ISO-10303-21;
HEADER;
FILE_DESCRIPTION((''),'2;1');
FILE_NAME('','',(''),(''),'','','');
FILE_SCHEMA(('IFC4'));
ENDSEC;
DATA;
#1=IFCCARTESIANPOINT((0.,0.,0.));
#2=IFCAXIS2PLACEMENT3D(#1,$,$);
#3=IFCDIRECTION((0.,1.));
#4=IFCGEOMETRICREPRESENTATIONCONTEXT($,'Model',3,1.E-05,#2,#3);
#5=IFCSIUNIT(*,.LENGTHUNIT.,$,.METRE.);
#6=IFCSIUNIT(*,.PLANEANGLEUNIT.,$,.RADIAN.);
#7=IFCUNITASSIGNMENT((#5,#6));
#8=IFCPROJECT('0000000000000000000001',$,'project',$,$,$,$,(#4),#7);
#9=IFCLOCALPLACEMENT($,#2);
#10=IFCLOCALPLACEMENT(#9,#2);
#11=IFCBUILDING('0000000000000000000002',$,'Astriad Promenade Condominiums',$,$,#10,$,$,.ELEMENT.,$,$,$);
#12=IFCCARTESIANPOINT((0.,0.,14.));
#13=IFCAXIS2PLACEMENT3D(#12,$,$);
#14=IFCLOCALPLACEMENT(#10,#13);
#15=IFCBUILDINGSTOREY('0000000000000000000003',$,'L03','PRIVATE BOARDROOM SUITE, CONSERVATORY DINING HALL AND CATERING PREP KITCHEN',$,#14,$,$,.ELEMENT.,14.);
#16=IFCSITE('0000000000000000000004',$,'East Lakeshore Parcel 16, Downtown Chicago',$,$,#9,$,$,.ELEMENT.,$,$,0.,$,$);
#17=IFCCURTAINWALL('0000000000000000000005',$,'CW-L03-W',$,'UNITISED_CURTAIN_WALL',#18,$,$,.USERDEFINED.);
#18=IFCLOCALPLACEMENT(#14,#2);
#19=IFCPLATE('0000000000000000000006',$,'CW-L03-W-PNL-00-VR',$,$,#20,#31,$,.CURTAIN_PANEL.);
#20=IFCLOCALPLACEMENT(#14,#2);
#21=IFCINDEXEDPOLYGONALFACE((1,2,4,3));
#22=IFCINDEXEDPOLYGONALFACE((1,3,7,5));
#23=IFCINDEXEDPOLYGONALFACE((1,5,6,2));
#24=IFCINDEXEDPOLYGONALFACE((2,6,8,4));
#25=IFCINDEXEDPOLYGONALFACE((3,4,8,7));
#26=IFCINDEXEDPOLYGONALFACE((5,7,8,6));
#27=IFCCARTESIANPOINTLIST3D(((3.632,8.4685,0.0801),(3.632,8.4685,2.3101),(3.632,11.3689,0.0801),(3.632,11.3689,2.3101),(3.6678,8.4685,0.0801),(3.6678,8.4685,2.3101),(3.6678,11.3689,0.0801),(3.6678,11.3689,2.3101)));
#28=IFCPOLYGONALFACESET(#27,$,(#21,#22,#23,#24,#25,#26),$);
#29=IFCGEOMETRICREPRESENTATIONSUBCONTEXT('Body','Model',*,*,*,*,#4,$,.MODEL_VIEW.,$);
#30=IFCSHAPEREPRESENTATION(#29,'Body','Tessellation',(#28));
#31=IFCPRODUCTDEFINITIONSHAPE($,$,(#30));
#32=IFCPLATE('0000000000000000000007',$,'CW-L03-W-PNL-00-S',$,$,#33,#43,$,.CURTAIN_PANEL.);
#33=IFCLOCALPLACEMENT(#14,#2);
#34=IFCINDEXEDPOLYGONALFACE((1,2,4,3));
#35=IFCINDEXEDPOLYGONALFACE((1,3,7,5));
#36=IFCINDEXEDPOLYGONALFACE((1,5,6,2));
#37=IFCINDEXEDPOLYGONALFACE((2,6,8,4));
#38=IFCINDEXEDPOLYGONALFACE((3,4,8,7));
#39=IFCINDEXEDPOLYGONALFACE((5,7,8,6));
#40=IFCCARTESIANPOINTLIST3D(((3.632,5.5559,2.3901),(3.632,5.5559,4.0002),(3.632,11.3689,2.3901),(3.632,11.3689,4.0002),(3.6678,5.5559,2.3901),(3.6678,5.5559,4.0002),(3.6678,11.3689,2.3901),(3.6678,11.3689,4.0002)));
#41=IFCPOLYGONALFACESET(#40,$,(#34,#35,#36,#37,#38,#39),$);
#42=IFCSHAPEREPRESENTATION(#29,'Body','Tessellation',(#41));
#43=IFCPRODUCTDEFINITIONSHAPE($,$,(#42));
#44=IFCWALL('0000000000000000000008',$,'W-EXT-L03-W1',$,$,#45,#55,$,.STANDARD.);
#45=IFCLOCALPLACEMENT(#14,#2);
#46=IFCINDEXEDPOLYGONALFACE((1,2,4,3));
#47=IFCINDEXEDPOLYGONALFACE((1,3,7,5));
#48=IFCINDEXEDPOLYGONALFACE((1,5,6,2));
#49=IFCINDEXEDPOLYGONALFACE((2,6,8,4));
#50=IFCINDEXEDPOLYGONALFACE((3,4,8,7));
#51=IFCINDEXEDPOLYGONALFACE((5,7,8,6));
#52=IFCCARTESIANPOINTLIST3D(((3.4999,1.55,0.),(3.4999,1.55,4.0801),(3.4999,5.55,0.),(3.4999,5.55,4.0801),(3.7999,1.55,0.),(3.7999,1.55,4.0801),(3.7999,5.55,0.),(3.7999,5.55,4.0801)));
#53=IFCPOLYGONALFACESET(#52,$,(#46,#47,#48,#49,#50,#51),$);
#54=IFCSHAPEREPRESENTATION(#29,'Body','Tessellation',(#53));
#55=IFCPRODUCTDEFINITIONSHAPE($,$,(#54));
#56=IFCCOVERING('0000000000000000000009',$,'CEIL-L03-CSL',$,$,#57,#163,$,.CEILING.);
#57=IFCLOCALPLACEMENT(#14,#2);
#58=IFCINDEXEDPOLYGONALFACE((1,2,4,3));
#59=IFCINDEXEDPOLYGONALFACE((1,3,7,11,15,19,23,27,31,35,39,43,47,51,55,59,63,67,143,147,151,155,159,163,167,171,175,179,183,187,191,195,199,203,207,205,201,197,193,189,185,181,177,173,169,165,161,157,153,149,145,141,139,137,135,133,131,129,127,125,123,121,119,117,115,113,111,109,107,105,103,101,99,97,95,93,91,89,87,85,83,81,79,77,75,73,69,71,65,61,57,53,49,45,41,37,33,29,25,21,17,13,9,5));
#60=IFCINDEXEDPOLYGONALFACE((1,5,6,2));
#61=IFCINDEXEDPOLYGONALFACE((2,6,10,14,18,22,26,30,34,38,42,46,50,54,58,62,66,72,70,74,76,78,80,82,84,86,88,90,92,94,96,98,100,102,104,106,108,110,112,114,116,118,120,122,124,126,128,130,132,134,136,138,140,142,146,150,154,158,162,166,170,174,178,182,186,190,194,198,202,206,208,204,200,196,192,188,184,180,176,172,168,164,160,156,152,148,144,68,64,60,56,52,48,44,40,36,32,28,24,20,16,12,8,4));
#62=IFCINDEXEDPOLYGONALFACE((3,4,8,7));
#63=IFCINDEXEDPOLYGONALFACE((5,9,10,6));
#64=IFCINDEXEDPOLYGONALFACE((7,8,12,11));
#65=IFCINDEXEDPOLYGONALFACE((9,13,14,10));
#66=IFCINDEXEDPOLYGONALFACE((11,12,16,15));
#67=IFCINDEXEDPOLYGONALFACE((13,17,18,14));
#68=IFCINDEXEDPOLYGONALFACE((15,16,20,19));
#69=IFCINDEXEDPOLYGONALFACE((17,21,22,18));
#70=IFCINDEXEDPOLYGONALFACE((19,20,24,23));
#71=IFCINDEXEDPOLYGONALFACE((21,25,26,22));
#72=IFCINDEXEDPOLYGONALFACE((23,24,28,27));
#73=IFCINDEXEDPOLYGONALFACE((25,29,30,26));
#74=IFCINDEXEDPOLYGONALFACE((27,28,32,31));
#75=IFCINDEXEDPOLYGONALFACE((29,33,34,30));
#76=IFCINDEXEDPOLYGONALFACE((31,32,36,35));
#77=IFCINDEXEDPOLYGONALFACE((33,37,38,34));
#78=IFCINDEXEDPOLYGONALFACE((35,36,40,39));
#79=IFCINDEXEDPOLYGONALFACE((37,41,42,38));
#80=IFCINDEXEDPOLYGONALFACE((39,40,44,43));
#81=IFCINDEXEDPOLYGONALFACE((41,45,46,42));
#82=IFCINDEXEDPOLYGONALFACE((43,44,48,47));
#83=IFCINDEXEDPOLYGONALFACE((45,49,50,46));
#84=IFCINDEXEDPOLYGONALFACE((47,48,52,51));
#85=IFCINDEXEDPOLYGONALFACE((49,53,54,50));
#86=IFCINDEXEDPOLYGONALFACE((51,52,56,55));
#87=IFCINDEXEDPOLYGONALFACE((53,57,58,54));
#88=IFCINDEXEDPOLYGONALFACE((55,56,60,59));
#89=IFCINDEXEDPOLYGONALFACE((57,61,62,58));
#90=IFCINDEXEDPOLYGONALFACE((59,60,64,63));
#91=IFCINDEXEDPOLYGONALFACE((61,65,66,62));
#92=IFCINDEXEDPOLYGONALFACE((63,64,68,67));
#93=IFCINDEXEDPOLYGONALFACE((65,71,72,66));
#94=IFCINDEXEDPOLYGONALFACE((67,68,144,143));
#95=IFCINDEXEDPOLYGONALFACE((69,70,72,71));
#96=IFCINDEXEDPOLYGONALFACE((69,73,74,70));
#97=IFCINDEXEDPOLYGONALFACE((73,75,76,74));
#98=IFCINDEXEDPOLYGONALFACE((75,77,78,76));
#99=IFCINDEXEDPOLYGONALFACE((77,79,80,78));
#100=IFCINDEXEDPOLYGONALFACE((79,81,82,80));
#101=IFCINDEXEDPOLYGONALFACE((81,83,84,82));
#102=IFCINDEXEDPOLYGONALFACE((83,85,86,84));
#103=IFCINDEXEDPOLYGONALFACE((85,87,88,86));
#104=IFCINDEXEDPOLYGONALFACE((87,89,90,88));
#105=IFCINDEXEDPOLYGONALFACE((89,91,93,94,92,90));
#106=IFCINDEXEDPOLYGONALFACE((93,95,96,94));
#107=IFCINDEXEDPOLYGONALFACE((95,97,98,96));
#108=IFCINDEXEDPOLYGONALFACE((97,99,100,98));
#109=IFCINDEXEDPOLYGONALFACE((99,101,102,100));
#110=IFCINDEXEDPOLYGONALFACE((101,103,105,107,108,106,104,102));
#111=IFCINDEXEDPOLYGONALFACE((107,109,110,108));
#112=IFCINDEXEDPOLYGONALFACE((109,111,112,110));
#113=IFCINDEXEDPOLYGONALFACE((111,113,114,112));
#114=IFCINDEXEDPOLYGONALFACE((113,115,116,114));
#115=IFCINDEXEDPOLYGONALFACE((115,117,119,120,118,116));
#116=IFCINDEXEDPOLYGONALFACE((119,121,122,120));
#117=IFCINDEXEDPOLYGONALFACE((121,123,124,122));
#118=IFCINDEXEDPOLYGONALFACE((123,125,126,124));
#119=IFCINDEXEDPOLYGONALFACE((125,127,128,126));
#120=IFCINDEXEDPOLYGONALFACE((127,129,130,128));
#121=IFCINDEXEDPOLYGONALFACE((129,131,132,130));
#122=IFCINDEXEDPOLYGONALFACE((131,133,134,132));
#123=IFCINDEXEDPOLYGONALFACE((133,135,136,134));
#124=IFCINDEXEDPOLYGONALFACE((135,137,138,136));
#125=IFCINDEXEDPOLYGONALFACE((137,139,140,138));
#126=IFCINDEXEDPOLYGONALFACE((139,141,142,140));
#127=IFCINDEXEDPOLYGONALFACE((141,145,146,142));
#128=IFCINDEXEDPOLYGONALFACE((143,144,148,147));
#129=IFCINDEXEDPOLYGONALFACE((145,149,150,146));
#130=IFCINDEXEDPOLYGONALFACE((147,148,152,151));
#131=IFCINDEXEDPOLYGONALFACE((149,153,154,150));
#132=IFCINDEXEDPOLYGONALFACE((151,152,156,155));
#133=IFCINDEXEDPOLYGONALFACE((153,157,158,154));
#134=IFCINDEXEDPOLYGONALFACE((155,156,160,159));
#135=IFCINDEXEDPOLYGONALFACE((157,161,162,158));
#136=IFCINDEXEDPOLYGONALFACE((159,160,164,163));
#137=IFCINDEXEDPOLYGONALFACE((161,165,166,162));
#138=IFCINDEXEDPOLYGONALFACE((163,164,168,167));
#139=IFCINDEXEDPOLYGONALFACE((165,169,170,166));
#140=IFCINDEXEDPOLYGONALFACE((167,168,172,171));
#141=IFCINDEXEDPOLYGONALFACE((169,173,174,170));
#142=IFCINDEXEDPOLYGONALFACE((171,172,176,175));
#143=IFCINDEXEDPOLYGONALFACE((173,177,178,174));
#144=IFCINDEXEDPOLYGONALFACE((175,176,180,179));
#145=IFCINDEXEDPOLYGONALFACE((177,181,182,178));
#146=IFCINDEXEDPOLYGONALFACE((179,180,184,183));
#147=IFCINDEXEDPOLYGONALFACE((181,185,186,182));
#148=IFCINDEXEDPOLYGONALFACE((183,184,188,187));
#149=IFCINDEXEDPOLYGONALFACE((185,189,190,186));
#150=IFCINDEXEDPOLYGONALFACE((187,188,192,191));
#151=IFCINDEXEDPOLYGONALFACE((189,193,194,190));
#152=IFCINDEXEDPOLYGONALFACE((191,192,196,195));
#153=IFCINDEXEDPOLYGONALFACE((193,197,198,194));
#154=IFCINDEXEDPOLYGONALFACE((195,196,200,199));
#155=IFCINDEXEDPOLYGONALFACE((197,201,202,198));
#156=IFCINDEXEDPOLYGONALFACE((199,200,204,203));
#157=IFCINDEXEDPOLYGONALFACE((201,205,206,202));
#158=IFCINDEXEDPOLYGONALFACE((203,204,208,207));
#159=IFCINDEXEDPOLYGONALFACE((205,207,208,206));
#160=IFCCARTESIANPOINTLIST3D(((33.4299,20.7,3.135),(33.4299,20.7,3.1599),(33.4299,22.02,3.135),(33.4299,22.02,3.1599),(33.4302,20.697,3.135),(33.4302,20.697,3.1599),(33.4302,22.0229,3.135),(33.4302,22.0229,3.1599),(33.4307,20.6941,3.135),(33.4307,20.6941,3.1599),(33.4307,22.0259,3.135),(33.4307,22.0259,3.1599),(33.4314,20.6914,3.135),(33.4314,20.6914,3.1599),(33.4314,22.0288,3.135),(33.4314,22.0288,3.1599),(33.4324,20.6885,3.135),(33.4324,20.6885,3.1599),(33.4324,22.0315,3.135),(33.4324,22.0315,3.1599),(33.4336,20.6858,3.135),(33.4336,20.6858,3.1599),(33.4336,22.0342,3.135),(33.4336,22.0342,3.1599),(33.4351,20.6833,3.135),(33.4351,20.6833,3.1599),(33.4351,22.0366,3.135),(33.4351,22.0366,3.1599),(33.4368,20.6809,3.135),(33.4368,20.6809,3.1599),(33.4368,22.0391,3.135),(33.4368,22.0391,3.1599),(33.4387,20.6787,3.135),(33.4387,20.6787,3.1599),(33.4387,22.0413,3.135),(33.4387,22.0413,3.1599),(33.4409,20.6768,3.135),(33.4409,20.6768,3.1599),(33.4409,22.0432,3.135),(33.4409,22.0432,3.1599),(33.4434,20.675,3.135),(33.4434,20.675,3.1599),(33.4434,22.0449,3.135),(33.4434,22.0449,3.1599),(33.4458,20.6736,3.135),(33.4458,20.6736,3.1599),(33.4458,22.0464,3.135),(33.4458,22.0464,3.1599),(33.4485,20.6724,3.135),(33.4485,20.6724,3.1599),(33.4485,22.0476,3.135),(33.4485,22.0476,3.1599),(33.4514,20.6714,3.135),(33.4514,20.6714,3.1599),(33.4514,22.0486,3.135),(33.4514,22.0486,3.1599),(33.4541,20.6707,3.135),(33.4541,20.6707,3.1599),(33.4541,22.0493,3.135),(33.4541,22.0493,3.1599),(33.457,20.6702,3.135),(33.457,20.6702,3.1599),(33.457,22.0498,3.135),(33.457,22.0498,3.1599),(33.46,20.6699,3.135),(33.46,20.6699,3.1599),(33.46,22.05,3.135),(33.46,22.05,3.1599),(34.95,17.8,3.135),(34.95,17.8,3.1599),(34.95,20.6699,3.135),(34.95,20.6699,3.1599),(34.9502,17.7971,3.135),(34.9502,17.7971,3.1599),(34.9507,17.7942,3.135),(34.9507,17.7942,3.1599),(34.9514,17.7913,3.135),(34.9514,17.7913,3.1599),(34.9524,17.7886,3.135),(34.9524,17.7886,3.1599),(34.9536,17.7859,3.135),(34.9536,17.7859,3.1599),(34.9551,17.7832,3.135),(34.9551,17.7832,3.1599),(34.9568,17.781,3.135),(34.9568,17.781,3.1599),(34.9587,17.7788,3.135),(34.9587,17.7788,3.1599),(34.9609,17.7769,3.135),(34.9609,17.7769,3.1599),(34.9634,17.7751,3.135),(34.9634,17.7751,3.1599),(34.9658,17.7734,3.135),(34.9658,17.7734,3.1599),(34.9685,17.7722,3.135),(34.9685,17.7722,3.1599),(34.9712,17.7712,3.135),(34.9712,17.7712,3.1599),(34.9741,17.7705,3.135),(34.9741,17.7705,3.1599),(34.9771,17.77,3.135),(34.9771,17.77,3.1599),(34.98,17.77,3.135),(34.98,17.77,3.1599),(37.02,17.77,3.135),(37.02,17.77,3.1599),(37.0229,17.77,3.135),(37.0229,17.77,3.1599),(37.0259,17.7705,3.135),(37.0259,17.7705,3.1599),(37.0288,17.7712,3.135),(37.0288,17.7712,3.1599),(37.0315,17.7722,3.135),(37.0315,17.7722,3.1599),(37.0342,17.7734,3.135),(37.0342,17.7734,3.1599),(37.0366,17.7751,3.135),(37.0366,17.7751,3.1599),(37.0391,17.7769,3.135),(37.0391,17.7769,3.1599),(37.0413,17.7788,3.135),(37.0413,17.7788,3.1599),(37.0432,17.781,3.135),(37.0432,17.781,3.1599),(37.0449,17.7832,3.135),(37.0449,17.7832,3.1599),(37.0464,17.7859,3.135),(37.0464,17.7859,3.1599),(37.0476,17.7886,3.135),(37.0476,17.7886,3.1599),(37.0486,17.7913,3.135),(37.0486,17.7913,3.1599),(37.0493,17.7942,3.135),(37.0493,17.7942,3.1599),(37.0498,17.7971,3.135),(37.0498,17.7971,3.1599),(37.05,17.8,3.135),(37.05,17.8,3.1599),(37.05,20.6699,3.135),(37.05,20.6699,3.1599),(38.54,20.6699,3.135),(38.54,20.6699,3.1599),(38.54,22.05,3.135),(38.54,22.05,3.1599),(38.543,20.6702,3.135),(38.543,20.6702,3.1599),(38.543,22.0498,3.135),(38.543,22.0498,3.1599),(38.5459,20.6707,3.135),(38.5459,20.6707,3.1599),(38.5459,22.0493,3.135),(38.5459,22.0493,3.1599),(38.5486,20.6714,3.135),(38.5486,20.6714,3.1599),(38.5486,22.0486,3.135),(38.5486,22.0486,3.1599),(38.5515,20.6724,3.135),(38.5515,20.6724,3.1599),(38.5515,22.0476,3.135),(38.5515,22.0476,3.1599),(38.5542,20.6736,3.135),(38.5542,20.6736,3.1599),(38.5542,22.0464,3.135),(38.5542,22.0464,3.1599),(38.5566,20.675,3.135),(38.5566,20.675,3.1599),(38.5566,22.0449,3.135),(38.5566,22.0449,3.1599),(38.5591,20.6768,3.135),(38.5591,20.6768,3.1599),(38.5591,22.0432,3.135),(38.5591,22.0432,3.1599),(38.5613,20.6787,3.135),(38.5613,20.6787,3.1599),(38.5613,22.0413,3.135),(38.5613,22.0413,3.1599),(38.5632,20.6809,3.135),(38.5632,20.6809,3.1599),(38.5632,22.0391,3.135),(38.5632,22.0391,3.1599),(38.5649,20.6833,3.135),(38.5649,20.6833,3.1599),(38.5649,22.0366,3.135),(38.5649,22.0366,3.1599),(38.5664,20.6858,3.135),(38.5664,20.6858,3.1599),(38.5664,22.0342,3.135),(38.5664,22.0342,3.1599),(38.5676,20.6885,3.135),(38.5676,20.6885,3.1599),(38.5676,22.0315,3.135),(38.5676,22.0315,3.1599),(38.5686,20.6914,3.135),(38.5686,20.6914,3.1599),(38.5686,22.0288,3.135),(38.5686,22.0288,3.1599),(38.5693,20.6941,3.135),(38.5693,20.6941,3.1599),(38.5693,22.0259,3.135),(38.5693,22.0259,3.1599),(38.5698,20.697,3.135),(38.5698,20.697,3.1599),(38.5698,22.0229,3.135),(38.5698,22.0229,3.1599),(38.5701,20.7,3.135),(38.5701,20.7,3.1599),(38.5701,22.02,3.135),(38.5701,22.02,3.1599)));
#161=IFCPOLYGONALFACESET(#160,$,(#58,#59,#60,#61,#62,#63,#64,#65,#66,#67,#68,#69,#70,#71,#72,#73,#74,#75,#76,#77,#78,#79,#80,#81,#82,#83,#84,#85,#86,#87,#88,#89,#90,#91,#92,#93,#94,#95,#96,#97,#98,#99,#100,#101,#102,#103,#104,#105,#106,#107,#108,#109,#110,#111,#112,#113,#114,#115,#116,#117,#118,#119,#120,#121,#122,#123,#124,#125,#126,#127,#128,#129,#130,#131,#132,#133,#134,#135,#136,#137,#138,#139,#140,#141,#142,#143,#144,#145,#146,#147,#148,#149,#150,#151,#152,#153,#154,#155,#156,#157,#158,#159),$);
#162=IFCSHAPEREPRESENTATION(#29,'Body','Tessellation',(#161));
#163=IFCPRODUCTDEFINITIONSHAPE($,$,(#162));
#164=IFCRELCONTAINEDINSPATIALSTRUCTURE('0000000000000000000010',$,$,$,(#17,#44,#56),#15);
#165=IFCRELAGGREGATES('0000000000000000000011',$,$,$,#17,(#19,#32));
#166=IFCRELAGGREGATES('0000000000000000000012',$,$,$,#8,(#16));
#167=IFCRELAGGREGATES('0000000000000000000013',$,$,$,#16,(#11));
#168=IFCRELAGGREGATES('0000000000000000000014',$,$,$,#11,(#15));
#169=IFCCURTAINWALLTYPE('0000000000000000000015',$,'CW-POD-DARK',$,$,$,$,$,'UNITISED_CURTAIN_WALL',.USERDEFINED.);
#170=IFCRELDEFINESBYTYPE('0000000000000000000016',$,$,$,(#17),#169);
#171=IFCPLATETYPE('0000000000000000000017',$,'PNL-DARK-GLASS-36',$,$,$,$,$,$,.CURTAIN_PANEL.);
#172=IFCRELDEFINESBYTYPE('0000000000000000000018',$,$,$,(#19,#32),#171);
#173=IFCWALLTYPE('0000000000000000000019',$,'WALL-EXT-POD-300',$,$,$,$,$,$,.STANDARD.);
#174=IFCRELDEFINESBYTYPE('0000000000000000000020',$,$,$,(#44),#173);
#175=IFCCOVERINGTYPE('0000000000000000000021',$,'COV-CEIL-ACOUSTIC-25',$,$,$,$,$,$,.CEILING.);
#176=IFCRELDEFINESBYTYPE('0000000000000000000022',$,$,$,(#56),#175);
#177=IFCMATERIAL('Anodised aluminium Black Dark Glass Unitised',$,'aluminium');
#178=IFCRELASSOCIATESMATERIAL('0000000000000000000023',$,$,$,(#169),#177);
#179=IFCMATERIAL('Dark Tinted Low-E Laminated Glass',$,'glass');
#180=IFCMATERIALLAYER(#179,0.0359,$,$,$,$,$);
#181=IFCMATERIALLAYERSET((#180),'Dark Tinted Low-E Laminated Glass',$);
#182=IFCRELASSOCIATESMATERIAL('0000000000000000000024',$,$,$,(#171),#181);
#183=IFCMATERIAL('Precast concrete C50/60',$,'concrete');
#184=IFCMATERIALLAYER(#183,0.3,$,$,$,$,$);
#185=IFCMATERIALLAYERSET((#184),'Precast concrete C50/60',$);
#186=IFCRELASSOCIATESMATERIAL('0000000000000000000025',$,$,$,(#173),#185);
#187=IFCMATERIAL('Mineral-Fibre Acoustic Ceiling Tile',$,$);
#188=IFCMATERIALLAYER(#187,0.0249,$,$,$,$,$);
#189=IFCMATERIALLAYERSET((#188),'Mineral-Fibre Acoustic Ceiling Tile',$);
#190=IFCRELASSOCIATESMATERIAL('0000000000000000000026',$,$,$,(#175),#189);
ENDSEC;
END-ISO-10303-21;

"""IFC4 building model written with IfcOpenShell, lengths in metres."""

from ifc_helpers import new_model, si_unit, direction, frame, frame_2d, origin, origin_2d, place, context, subcontext, project, spatial, polyline, rectangle, outline, extrude, source, transform, mapped, material, layer, layer_set, type_object, type_shapes, element, aggregate, save


model = new_model("IFC4")

# Units and contexts
model_context = context("Model", 3, precision=1e-05, world=origin(), true_north=direction((0.0, 1.0)))
body_context = subcontext(model_context, "Body", "Model", "MODEL_VIEW")
ifc_project = project(units=[si_unit("LENGTHUNIT", "METRE"), si_unit("PLANEANGLEUNIT", "RADIAN")], contexts=[model_context])

# Site, building, storey
site_placement = place(None, origin())
site = spatial("IfcSite", under=ifc_project, at=site_placement, Name="East Lakeshore Parcel 16, Downtown Chicago", CompositionType="ELEMENT", RefElevation=0.0)
building_placement = place(site_placement, origin())
building = spatial("IfcBuilding", under=site, at=building_placement, Name="Astriad Promenade Condominiums", CompositionType="ELEMENT")
storey_placement = place(building_placement, frame((0.0, 0.0, 14.0)))
storey = spatial("IfcBuildingStorey", under=building, at=storey_placement, Name="L03", Description="PRIVATE BOARDROOM SUITE, CONSERVATORY DINING HALL AND CATERING PREP KITCHEN", CompositionType="ELEMENT", Elevation=14.0)

# Curtain wall
ifc_material_1 = material(Name="Anodised aluminium Black Dark Glass Unitised", Category="aluminium")
curtain_wall_type = type_object("IfcCurtainWallType", Name="CW-POD-DARK", ElementType="UNITISED_CURTAIN_WALL", PredefinedType="USERDEFINED", material=ifc_material_1)
curtain_wall_placement = place(storey_placement, origin())
curtain_wall = element("IfcCurtainWall", 1, at=curtain_wall_placement, inside=storey, type_object=curtain_wall_type, Name="CW-L03-W", ObjectType="UNITISED_CURTAIN_WALL", PredefinedType="USERDEFINED")

# Plates
ifc_material_2 = material(Name="Dark Tinted Low-E Laminated Glass", Category="glass")
ifc_layer_1 = layer(ifc_material_2, 0.0359)
ifc_layer_set_1 = layer_set([ifc_layer_1], Name="Dark Tinted Low-E Laminated Glass")
plate_type = type_object("IfcPlateType", Name="PNL-DARK-GLASS-36", PredefinedType="CURTAIN_PANEL", material=ifc_layer_set_1)
shared_shape_1 = source(origin(), body_context, "Body", "SweptSolid", [
    extrude(rectangle(XDim=2.9004, YDim=0.0359, at=origin_2d()), origin(), (0.0, 0.0, 1.0), 2.23),
])
plate_1_placement = place(storey_placement, frame((3.6499, 9.9187, 0.0801), z_axis=(0.0, 0.0, 1.0), x_axis=(0.0, 1.0, 0.0)))
plate_1 = element("IfcPlate", 2, at=plate_1_placement, type_object=plate_type, Name="CW-L03-W-PNL-00-VR", PredefinedType="CURTAIN_PANEL", context=body_context, shape_type="MappedRepresentation", body=[
    mapped(shared_shape_1, transform((0.0, 0.0, 0.0), scale=1.0)),
])
shared_shape_2 = source(origin(), body_context, "Body", "SweptSolid", [
    extrude(rectangle(XDim=5.813, YDim=0.0359, at=origin_2d()), origin(), (0.0, 0.0, 1.0), 1.6101),
])
type_shapes(plate_type, [shared_shape_1, shared_shape_2])
plate_2_placement = place(storey_placement, frame((3.6499, 8.4624, 2.3901), z_axis=(0.0, 0.0, 1.0), x_axis=(0.0, 1.0, 0.0)))
plate_2 = element("IfcPlate", 3, at=plate_2_placement, type_object=plate_type, Name="CW-L03-W-PNL-00-S", PredefinedType="CURTAIN_PANEL", context=body_context, shape_type="MappedRepresentation", body=[
    mapped(shared_shape_2, transform((0.0, 0.0, 0.0), scale=1.0)),
])
aggregate(curtain_wall, [plate_1, plate_2])

# Wall
ifc_material_3 = material(Name="Precast concrete C50/60", Category="concrete")
ifc_layer_2 = layer(ifc_material_3, 0.3)
ifc_layer_set_2 = layer_set([ifc_layer_2], Name="Precast concrete C50/60")
wall_type = type_object("IfcWallType", Name="WALL-EXT-POD-300", PredefinedType="STANDARD", material=ifc_layer_set_2)
wall_placement = place(storey_placement, frame((3.6499, 1.55, 0.0), z_axis=(0.0, 0.0, 1.0), x_axis=(0.0, 1.0, 0.0)))
element("IfcWall", 4, at=wall_placement, inside=storey, type_object=wall_type, Name="W-EXT-L03-W1", PredefinedType="STANDARD", context=body_context, shape_type="SweptSolid", body=[
    extrude(rectangle(XDim=4.0, YDim=0.3, at=frame_2d((2.0, 0.0))), origin(), (0.0, 0.0, 1.0), 4.0801),
])

# Covering
ifc_material_4 = material(Name="Mineral-Fibre Acoustic Ceiling Tile")
ifc_layer_3 = layer(ifc_material_4, 0.0249)
ifc_layer_set_3 = layer_set([ifc_layer_3], Name="Mineral-Fibre Acoustic Ceiling Tile")
covering_type_1 = type_object("IfcCoveringType", Name="COV-CEIL-ACOUSTIC-25", PredefinedType="CEILING", material=ifc_layer_set_3)
covering_1_placement = place(storey_placement, frame((0.0, 0.0, 3.135)))
element("IfcCovering", 5, at=covering_1_placement, inside=storey, type_object=covering_type_1, Name="CEIL-L03-CSL", PredefinedType="CEILING", context=body_context, shape_type="SweptSolid", body=[
    extrude(outline(polyline([(37.05, 17.8), (37.0498, 17.7971), (37.0493, 17.7942), (37.0486, 17.7913), (37.0476, 17.7886), (37.0464, 17.7859), (37.0449, 17.7832), (37.0432, 17.781), (37.0413, 17.7788), (37.0391, 17.7769), (37.0366, 17.7751), (37.0342, 17.7734), (37.0315, 17.7722), (37.0288, 17.7712), (37.0259, 17.7705), (37.0229, 17.77), (37.02, 17.77), (34.98, 17.77), (34.9771, 17.77), (34.9741, 17.7705), (34.9712, 17.7712), (34.9685, 17.7722), (34.9658, 17.7734), (34.9634, 17.7751), (34.9609, 17.7769), (34.9587, 17.7788), (34.9568, 17.781), (34.9551, 17.7832), (34.9536, 17.7859), (34.9524, 17.7886), (34.9514, 17.7913), (34.9507, 17.7942), (34.9502, 17.7971), (34.95, 17.8), (34.95, 20.6699), (33.46, 20.6699), (33.457, 20.6702), (33.4541, 20.6707), (33.4514, 20.6714), (33.4485, 20.6724), (33.4458, 20.6736), (33.4434, 20.675), (33.4409, 20.6768), (33.4387, 20.6787), (33.4368, 20.6809), (33.4351, 20.6833), (33.4336, 20.6858), (33.4324, 20.6885), (33.4314, 20.6914), (33.4307, 20.6941), (33.4302, 20.697), (33.4299, 20.7), (33.4299, 22.02), (33.4302, 22.0229), (33.4307, 22.0259), (33.4314, 22.0288), (33.4324, 22.0315), (33.4336, 22.0342), (33.4351, 22.0366), (33.4368, 22.0391), (33.4387, 22.0413), (33.4409, 22.0432), (33.4434, 22.0449), (33.4458, 22.0464), (33.4485, 22.0476), (33.4514, 22.0486), (33.4541, 22.0493), (33.457, 22.0498), (33.46, 22.05), (38.54, 22.05), (38.543, 22.0498), (38.5459, 22.0493), (38.5486, 22.0486), (38.5515, 22.0476), (38.5542, 22.0464), (38.5566, 22.0449), (38.5591, 22.0432), (38.5613, 22.0413), (38.5632, 22.0391), (38.5649, 22.0366), (38.5664, 22.0342), (38.5676, 22.0315), (38.5686, 22.0288), (38.5693, 22.0259), (38.5698, 22.0229), (38.5701, 22.02), (38.5701, 20.7), (38.5698, 20.697), (38.5693, 20.6941), (38.5686, 20.6914), (38.5676, 20.6885), (38.5664, 20.6858), (38.5649, 20.6833), (38.5632, 20.6809), (38.5613, 20.6787), (38.5591, 20.6768), (38.5566, 20.675), (38.5542, 20.6736), (38.5515, 20.6724), (38.5486, 20.6714), (38.5459, 20.6707), (38.543, 20.6702), (38.54, 20.6699), (37.05, 20.6699), (37.05, 17.8)])), origin(), (0.0, 0.0, 1.0), 0.0249),
])

save(model, "model.ifc")
